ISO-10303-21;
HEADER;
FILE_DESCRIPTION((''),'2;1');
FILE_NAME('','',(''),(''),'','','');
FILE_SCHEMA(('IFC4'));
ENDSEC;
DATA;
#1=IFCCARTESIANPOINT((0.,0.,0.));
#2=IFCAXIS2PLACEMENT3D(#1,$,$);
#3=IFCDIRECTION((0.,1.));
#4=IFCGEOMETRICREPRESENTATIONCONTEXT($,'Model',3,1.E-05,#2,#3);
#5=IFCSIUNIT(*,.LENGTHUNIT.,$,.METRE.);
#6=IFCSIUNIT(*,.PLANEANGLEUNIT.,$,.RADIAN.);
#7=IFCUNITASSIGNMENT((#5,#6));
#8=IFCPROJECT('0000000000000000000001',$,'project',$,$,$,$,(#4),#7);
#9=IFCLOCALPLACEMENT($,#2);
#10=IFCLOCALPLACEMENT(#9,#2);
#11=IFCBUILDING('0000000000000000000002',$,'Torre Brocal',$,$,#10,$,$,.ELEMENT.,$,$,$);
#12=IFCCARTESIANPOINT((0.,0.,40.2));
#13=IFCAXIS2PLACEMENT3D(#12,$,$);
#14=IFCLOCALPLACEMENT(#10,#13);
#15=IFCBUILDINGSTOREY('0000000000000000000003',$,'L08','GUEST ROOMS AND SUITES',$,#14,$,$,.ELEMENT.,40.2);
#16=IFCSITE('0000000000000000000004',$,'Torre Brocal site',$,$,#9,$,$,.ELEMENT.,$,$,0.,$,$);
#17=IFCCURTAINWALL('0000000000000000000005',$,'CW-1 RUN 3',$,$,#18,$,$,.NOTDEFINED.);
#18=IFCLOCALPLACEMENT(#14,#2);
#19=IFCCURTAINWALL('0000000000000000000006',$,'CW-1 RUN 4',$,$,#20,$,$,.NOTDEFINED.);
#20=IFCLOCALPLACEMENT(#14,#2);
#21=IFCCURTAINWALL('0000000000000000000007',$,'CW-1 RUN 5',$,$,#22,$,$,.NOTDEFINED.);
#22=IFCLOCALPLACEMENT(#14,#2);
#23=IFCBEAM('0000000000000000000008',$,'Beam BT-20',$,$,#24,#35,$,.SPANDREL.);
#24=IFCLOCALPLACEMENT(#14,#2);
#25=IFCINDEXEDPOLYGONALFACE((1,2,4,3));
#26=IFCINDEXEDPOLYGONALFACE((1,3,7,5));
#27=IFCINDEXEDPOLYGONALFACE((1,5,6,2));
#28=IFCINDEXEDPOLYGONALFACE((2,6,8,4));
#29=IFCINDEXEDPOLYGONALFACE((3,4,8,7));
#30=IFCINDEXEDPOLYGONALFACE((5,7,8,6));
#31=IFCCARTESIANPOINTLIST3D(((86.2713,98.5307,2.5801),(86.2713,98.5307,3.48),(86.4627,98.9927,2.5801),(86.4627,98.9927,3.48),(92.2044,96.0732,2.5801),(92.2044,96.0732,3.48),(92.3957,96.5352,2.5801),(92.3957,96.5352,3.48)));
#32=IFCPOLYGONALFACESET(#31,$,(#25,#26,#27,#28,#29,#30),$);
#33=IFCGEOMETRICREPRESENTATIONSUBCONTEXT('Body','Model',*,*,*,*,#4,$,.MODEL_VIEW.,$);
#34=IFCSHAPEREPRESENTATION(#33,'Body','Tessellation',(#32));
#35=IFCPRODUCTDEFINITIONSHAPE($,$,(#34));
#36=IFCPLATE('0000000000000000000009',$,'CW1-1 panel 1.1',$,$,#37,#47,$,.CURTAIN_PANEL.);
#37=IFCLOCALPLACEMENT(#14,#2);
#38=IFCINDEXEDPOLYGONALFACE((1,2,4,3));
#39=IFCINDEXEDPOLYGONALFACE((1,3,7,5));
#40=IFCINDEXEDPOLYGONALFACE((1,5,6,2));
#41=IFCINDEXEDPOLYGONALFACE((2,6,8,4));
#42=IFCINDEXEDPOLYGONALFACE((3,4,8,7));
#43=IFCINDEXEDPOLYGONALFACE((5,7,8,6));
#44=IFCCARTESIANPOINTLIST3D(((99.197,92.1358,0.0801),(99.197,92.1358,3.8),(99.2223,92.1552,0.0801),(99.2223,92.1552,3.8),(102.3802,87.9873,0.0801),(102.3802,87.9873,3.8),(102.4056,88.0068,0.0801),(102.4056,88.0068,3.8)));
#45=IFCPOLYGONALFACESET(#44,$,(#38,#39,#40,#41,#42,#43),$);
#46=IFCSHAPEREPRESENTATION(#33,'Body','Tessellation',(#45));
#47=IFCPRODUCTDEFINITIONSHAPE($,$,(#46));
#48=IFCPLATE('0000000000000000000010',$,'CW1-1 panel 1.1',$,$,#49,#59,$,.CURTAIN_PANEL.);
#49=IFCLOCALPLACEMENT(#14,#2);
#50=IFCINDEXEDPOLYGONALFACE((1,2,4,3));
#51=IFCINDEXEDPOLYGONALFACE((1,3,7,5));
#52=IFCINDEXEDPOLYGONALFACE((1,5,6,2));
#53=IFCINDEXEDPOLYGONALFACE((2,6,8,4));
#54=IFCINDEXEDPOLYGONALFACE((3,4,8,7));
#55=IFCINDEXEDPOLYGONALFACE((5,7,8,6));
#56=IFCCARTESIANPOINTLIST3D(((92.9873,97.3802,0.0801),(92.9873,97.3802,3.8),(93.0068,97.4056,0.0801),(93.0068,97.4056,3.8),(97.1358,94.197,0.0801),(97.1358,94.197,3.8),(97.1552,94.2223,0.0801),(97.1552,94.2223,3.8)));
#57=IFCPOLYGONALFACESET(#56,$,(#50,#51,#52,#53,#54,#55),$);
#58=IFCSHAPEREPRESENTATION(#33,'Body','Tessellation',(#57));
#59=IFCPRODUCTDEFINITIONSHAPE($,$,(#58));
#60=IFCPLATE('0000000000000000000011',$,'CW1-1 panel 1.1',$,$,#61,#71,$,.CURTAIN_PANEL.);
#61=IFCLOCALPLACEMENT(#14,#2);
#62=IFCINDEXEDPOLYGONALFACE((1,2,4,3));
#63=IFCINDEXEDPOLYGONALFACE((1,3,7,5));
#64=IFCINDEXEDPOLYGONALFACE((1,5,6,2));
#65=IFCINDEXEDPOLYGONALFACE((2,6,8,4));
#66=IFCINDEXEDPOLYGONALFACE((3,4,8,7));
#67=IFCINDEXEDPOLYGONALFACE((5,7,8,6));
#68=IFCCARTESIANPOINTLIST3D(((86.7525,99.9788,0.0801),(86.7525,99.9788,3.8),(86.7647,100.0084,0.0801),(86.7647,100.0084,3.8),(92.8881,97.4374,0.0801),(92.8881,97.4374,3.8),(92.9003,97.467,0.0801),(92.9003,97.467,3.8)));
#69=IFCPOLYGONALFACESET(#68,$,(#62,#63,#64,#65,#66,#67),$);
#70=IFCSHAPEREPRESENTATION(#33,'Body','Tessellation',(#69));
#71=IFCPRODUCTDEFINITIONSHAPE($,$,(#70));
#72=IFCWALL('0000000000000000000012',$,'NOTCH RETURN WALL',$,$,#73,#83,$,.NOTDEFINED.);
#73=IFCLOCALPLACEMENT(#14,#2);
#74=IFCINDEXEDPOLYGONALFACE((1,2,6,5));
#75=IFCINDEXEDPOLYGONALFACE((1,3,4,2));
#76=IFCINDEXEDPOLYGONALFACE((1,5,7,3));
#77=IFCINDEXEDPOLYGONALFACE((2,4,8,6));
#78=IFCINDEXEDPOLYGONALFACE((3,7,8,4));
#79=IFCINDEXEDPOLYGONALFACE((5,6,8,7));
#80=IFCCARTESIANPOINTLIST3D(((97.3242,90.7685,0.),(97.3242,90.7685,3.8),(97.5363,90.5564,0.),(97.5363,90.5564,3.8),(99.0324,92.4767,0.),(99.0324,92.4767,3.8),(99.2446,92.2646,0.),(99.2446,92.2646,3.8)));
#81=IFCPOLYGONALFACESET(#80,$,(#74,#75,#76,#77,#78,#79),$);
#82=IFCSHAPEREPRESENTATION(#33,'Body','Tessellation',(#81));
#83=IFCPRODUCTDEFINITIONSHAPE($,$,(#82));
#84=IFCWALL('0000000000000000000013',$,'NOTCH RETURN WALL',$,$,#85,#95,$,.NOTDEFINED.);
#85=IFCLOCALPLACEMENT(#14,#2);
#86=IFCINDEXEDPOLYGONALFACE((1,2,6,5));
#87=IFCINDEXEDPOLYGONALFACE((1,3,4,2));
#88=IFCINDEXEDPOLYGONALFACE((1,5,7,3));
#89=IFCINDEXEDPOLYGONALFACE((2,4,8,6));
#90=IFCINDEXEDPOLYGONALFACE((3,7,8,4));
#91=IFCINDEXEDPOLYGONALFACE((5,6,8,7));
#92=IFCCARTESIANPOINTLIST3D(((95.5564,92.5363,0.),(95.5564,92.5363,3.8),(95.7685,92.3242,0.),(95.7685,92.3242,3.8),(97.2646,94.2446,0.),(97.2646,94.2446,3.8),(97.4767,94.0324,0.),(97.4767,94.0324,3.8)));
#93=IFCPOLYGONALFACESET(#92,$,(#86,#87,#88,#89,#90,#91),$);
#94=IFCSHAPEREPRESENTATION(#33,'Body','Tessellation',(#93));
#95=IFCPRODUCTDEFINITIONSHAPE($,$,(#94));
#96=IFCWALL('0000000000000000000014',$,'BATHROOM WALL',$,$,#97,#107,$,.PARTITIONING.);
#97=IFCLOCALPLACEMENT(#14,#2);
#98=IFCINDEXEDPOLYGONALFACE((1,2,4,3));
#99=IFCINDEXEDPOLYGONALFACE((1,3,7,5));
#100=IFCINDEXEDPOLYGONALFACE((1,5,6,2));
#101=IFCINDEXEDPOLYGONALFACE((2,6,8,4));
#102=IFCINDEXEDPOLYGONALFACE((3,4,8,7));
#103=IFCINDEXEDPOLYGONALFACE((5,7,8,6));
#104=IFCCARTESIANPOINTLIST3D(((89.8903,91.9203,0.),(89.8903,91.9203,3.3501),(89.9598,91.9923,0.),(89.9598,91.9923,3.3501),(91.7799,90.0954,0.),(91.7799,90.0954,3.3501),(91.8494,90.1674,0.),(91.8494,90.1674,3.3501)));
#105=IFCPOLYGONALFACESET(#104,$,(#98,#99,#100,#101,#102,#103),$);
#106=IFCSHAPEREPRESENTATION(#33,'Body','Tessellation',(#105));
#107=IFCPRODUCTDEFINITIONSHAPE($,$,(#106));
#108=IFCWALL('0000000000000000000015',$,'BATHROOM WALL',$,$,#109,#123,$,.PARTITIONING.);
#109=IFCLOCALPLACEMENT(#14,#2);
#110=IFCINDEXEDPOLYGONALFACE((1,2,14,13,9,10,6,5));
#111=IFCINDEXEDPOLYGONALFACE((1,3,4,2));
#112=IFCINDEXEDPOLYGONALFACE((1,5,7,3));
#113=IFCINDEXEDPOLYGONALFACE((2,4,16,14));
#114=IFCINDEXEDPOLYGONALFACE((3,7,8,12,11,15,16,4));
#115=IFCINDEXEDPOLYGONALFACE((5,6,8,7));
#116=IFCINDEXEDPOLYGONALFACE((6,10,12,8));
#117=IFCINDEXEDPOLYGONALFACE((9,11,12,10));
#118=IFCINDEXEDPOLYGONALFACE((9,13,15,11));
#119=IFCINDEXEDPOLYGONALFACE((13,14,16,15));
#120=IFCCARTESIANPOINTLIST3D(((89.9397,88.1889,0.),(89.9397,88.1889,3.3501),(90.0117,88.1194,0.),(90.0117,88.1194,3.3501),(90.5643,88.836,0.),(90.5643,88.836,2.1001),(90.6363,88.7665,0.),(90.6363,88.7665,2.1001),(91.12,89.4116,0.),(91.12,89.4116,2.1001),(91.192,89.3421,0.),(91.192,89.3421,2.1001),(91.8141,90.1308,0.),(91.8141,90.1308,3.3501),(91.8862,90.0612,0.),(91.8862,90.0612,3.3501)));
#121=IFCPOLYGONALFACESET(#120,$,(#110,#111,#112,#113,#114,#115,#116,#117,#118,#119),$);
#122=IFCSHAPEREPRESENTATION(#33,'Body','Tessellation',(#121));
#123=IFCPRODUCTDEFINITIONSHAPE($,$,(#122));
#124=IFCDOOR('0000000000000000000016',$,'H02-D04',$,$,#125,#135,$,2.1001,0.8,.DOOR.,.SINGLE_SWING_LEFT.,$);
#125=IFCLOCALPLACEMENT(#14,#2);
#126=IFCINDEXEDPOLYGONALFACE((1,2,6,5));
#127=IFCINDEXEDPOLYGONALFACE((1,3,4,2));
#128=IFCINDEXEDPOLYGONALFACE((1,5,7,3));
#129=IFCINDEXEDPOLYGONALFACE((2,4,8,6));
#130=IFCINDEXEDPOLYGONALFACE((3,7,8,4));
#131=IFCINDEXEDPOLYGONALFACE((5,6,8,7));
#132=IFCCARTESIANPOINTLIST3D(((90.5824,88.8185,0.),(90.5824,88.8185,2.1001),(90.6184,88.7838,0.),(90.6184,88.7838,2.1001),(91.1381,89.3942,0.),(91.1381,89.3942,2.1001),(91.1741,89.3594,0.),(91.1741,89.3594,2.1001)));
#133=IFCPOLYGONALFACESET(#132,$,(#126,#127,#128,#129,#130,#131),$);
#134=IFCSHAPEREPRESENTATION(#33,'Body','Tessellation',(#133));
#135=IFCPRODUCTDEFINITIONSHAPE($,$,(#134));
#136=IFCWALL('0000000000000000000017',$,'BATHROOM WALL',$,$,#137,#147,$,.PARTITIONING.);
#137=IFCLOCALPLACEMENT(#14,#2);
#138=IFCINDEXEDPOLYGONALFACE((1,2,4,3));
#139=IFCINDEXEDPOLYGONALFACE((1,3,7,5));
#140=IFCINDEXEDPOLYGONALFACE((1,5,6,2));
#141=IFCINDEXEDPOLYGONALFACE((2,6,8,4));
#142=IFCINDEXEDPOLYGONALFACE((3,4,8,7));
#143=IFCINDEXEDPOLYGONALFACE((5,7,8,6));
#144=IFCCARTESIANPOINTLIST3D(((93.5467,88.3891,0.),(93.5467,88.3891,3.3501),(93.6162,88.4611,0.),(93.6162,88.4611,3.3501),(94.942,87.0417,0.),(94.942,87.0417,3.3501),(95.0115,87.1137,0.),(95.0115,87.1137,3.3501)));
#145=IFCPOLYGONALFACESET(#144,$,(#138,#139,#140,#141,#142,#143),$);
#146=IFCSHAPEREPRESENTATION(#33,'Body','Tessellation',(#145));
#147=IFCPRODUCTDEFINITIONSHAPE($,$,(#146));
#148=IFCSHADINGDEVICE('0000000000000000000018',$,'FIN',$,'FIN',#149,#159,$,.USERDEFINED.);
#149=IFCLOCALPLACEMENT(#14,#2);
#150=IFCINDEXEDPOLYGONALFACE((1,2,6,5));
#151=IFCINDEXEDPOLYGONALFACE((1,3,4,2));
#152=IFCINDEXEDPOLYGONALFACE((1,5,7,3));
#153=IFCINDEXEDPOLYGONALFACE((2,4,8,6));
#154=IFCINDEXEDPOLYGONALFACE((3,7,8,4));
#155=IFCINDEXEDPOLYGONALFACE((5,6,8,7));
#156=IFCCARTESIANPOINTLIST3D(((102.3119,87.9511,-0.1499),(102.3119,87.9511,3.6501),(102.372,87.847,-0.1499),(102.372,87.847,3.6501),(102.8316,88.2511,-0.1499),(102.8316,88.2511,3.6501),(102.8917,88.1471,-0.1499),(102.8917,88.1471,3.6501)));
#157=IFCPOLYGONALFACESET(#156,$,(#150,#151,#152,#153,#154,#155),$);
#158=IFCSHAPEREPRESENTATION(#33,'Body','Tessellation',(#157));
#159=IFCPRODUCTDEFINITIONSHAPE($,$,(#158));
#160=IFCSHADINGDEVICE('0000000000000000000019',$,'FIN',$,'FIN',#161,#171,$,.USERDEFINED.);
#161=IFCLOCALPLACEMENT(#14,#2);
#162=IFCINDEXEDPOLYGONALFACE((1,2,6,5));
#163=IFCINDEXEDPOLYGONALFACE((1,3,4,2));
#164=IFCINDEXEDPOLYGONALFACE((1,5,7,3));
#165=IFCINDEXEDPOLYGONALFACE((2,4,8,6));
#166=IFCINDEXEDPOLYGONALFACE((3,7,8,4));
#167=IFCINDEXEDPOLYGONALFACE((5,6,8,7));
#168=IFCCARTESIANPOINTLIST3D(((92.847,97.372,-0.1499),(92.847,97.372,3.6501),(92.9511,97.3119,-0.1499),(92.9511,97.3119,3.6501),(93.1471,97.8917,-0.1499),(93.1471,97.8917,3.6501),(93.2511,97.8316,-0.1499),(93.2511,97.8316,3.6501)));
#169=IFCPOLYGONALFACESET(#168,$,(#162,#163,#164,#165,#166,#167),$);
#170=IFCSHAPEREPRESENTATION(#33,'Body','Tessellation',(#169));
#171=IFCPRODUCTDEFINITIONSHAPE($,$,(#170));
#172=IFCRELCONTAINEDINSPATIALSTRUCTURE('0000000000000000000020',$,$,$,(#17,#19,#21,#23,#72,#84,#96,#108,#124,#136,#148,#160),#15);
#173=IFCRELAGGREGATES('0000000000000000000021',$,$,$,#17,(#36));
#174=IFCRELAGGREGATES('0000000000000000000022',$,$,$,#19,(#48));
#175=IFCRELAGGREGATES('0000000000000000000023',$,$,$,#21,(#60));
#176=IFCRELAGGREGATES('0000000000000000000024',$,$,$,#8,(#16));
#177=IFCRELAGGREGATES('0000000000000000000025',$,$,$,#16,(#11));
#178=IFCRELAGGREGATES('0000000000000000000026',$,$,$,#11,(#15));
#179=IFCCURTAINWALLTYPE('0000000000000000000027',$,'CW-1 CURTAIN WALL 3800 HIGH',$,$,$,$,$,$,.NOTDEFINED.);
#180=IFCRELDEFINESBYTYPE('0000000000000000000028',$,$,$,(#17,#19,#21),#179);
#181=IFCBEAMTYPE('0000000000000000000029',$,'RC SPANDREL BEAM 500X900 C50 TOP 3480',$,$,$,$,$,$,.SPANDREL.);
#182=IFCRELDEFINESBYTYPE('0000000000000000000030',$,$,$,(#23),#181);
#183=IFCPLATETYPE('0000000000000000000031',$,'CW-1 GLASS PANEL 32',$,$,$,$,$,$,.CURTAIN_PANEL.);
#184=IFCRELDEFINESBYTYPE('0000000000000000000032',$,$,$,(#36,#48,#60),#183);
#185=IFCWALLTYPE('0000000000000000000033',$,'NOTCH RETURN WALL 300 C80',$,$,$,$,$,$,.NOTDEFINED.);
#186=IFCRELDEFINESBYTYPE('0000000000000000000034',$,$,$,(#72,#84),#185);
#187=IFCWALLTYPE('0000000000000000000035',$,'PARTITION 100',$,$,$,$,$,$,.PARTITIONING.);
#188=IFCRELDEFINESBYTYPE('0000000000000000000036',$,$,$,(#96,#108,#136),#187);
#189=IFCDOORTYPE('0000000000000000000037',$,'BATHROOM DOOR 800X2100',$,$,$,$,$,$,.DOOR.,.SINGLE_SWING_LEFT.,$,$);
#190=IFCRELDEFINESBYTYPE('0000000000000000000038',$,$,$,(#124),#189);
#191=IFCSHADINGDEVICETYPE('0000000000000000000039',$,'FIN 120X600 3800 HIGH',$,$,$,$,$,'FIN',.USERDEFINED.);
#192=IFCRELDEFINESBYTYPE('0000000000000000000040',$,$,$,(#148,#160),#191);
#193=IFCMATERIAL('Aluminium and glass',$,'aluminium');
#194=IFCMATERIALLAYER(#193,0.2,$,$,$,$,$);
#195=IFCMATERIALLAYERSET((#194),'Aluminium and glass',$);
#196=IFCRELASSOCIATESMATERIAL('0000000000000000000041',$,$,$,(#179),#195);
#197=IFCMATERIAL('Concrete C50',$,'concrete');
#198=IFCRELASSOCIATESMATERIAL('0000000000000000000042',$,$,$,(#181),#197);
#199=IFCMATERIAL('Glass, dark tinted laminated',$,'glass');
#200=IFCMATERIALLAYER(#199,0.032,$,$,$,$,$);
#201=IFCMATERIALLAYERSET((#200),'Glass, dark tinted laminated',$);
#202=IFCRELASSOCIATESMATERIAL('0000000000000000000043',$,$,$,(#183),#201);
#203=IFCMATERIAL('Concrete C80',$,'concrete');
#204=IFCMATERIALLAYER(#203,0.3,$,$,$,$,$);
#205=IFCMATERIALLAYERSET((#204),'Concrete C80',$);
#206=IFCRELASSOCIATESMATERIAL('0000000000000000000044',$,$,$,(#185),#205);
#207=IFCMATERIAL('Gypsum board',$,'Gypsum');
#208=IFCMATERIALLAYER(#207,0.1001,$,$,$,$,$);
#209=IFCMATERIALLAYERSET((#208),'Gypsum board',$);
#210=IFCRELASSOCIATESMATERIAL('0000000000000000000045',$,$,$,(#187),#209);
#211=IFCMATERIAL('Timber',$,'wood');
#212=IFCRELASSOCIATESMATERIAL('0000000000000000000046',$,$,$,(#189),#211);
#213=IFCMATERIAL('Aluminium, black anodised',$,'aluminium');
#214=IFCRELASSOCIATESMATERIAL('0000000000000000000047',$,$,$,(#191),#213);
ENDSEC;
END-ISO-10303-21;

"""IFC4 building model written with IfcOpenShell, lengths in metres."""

from ifc_helpers import new_model, si_unit, direction, frame, frame_2d, origin, origin_2d, place, context, subcontext, project, spatial, rectangle, extrude, material, layer, layer_set, material_profile, profile_set, type_object, element, fill, aggregate, save


model = new_model("IFC4")

# Units and contexts
model_context = context("Model", 3, precision=1e-05, world=origin(), true_north=direction((0.0, 1.0)))
body_context = subcontext(model_context, "Body", "Model", "MODEL_VIEW")
ifc_project = project(units=[si_unit("LENGTHUNIT", "METRE"), si_unit("PLANEANGLEUNIT", "RADIAN")], contexts=[model_context])

# Site, building, storey
site_placement = place(None, origin())
site = spatial("IfcSite", under=ifc_project, at=site_placement, Name="Torre Brocal site", CompositionType="ELEMENT", RefElevation=0.0)
building_placement = place(site_placement, origin())
building = spatial("IfcBuilding", under=site, at=building_placement, Name="Torre Brocal", CompositionType="ELEMENT")
storey_placement = place(building_placement, frame((0.0, 0.0, 40.2)))
storey = spatial("IfcBuildingStorey", under=building, at=storey_placement, Name="L08", Description="GUEST ROOMS AND SUITES", CompositionType="ELEMENT", Elevation=40.2)

# Shared definitions
ifc_material_1 = material(Name="Aluminium and glass", Category="aluminium")
ifc_layer_1 = layer(ifc_material_1, 0.2)
ifc_layer_set_1 = layer_set([ifc_layer_1], Name="Aluminium and glass")
curtain_wall_type = type_object("IfcCurtainWallType", Name="CW-1 CURTAIN WALL 3800 HIGH", PredefinedType="NOTDEFINED", material=ifc_layer_set_1)

# Curtain walls
curtain_wall_1_placement = place(storey_placement, origin())
curtain_wall_1 = element("IfcCurtainWall", 1, at=curtain_wall_1_placement, inside=storey, type_object=curtain_wall_type, Name="CW-1 RUN 3", PredefinedType="NOTDEFINED")
curtain_wall_2_placement = place(storey_placement, origin())
curtain_wall_2 = element("IfcCurtainWall", 2, at=curtain_wall_2_placement, inside=storey, type_object=curtain_wall_type, Name="CW-1 RUN 4", PredefinedType="NOTDEFINED")

# Curtain wall
curtain_wall_3_placement = place(storey_placement, origin())
curtain_wall_3 = element("IfcCurtainWall", 3, at=curtain_wall_3_placement, inside=storey, type_object=curtain_wall_type, Name="CW-1 RUN 5", PredefinedType="NOTDEFINED")

# Beam
ifc_material_2 = material(Name="Concrete C50", Category="concrete")
ifc_material_profile_1 = material_profile(ifc_material_2, rectangle(XDim=0.5, YDim=0.8999, at=origin_2d()), Name="RC 500X900")
ifc_profile_set_1 = profile_set([ifc_material_profile_1], Name="Concrete C50")
beam_type_1 = type_object("IfcBeamType", Name="RC SPANDREL BEAM 500X900 C50 TOP 3480", PredefinedType="SPANDREL", material=ifc_profile_set_1)
beam_1_placement = place(storey_placement, frame((92.3, 96.3042, 3.03), z_axis=(-0.923882, 0.382676, 0.0), x_axis=(-0.382676, -0.923882, 0.0)))
element("IfcBeam", 4, at=beam_1_placement, inside=storey, type_object=beam_type_1, Name="Beam BT-20", PredefinedType="SPANDREL", context=body_context, shape_type="SweptSolid", body=[
    extrude(rectangle(XDim=0.5, YDim=0.8999, at=origin_2d()), origin(), (0.0, 0.0, 1.0), 6.4219),
])

# Plates
ifc_material_3 = material(Name="Glass, dark tinted laminated", Category="glass")
ifc_layer_2 = layer(ifc_material_3, 0.032)
ifc_layer_set_2 = layer_set([ifc_layer_2], Name="Glass, dark tinted laminated")
plate_type = type_object("IfcPlateType", Name="CW-1 GLASS PANEL 32", PredefinedType="CURTAIN_PANEL", material=ifc_layer_set_2)
plate_1_placement = place(storey_placement, frame((100.8013, 90.0713, 0.0801), z_axis=(0.0, 0.0, 1.0), x_axis=(-0.608761, 0.793353, 0.0)))
plate_1 = element("IfcPlate", 5, at=plate_1_placement, type_object=plate_type, Name="CW1-1 panel 1.1", PredefinedType="CURTAIN_PANEL", context=body_context, shape_type="SweptSolid", body=[
    extrude(rectangle(XDim=5.229, YDim=0.032, at=origin_2d()), origin(), (0.0, 0.0, 1.0), 3.72),
])
aggregate(curtain_wall_1, [plate_1])
plate_2_placement = place(storey_placement, frame((95.0713, 95.8013, 0.0801), z_axis=(0.0, 0.0, 1.0), x_axis=(-0.793353, 0.608761, 0.0)))
plate_2 = element("IfcPlate", 6, at=plate_2_placement, type_object=plate_type, Name="CW1-1 panel 1.1", PredefinedType="CURTAIN_PANEL", context=body_context, shape_type="SweptSolid", body=[
    extrude(rectangle(XDim=5.229, YDim=0.032, at=origin_2d()), origin(), (0.0, 0.0, 1.0), 3.72),
])
aggregate(curtain_wall_2, [plate_2])
plate_3_placement = place(storey_placement, frame((89.8264, 98.7229, 0.0801), z_axis=(0.0, 0.0, 1.0), x_axis=(-0.92388, 0.382683, 0.0)))
plate_3 = element("IfcPlate", 7, at=plate_3_placement, type_object=plate_type, Name="CW1-1 panel 1.1", PredefinedType="CURTAIN_PANEL", context=body_context, shape_type="SweptSolid", body=[
    extrude(rectangle(XDim=6.6411, YDim=0.032, at=origin_2d()), origin(), (0.0, 0.0, 1.0), 3.72),
])
aggregate(curtain_wall_3, [plate_3])

# Walls
ifc_material_4 = material(Name="Concrete C80", Category="concrete")
ifc_layer_3 = layer(ifc_material_4, 0.3)
ifc_layer_set_3 = layer_set([ifc_layer_3], Name="Concrete C80")
wall_type_1 = type_object("IfcWallType", Name="NOTCH RETURN WALL 300 C80", PredefinedType="NOTDEFINED", material=ifc_layer_set_3)
for number, where, z_axis, x_axis, name in (
    (8, (97.4302, 90.6624, 0.0), (0.0, 0.0, 1.0), (0.707107, 0.707107, 0.0), "NOTCH RETURN WALL"),
    (9, (95.6624, 92.4302, 0.0), (0.0, 0.0, 1.0), (0.707107, 0.707107, 0.0), "NOTCH RETURN WALL"),
):
    element("IfcWall", number, at=place(storey_placement, frame(where, z_axis=z_axis, x_axis=x_axis)), inside=storey, type_object=wall_type_1, Name=name, PredefinedType="NOTDEFINED", context=body_context, shape_type="SweptSolid", body=[
        extrude(rectangle(XDim=2.4158, YDim=0.3, at=frame_2d((1.208, 0.0))), origin(), (0.0, 0.0, 1.0), 3.8),
    ])
ifc_material_5 = material(Name="Gypsum board", Category="Gypsum")
ifc_layer_4 = layer(ifc_material_5, 0.1001)
ifc_layer_set_4 = layer_set([ifc_layer_4], Name="Gypsum board")
wall_type_2 = type_object("IfcWallType", Name="PARTITION 100", PredefinedType="PARTITIONING", material=ifc_layer_set_4)
wall_1_placement = place(storey_placement, frame((89.925, 91.9563, 0.0), z_axis=(0.0, 0.0, 1.0), x_axis=(0.719313, -0.694686, 0.0)))
element("IfcWall", 10, at=wall_1_placement, inside=storey, type_object=wall_type_2, Name="BATHROOM WALL", PredefinedType="PARTITIONING", context=body_context, shape_type="SweptSolid", body=[
    extrude(rectangle(XDim=2.627, YDim=0.1001, at=frame_2d((1.3135, 0.0))), origin(), (0.0, 0.0, 1.0), 3.3501),
])

# Wall, opening, door
wall_2_placement = place(storey_placement, frame((89.9756, 88.1541, 0.0), z_axis=(0.0, 0.0, 1.0), x_axis=(0.694514, 0.719479, 0.0)))
wall_2 = element("IfcWall", 11, at=wall_2_placement, inside=storey, type_object=wall_type_2, Name="BATHROOM WALL", PredefinedType="PARTITIONING", context=body_context, shape_type="SweptSolid", body=[
    extrude(rectangle(XDim=2.699, YDim=0.1001, at=frame_2d((1.3496, 0.0))), origin(), (0.0, 0.0, 1.0), 3.3501),
])
opening_placement = place(wall_2_placement, frame((0.8997, 0.0, 0.0)))
opening = element("IfcOpeningElement", 12, at=opening_placement, cuts=wall_2, PredefinedType="OPENING", context=body_context, shape_type="SweptSolid", body=[
    extrude(rectangle(XDim=0.8, YDim=2.1001, at=frame_2d((0.3999, 1.05))), frame((0.0, 0.0601, 0.0), z_axis=(0.0, -1.0, 0.0), x_axis=(1.0, 0.0, 0.0)), (0.0, 0.0, 1.0), 0.1201),
])
ifc_material_6 = material(Name="Timber", Category="wood")
door_type = type_object("IfcDoorType", Name="BATHROOM DOOR 800X2100", OperationType="SINGLE_SWING_LEFT", PredefinedType="DOOR", material=ifc_material_6)
door_placement = place(opening_placement, origin())
door = element("IfcDoor", 13, at=door_placement, inside=storey, type_object=door_type, Name="H02-D04", OperationType="SINGLE_SWING_LEFT", OverallHeight=2.1001, OverallWidth=0.8, PredefinedType="DOOR", context=body_context, shape_type="SweptSolid", body=[
    extrude(rectangle(XDim=0.8, YDim=2.1001, at=frame_2d((0.3999, 1.05))), frame((0.0, 0.0249, 0.0), z_axis=(0.0, -1.0, 0.0), x_axis=(1.0, 0.0, 0.0)), (0.0, 0.0, 1.0), 0.05),
])
fill(opening, door)

# Wall
wall_3_placement = place(storey_placement, frame((93.5815, 88.425, 0.0), z_axis=(0.0, 0.0, 1.0), x_axis=(0.719334, -0.694664, 0.0)))
element("IfcWall", 14, at=wall_3_placement, inside=storey, type_object=wall_type_2, Name="BATHROOM WALL", PredefinedType="PARTITIONING", context=body_context, shape_type="SweptSolid", body=[
    extrude(rectangle(XDim=1.9397, YDim=0.1001, at=frame_2d((0.9697, 0.0))), origin(), (0.0, 0.0, 1.0), 3.3501),
])

# Shading devices
ifc_material_7 = material(Name="Aluminium, black anodised", Category="aluminium")
ifc_material_profile_2 = material_profile(ifc_material_7, rectangle(XDim=0.1201, YDim=0.6001, at=origin_2d()), Name="FIN 120X600 3800 HIGH")
ifc_profile_set_2 = profile_set([ifc_material_profile_2], Name="Aluminium, black anodised")
shading_device_type = type_object("IfcShadingDeviceType", Name="FIN 120X600 3800 HIGH", ElementType="FIN", PredefinedType="USERDEFINED", material=ifc_profile_set_2)
for number, where, z_axis, x_axis, name in (
    (15, (102.6018, 88.0491, -0.1499), (0.0, 0.0, 1.0), (-0.5, 0.866025, 0.0), "FIN"),
    (16, (93.0491, 97.6018, -0.1499), (0.0, 0.0, 1.0), (-0.866025, 0.5, 0.0), "FIN"),
):
    element("IfcShadingDevice", number, at=place(storey_placement, frame(where, z_axis=z_axis, x_axis=x_axis)), inside=storey, type_object=shading_device_type, Name=name, ObjectType="FIN", PredefinedType="USERDEFINED", context=body_context, shape_type="SweptSolid", body=[
        extrude(rectangle(XDim=0.1201, YDim=0.6001, at=origin_2d()), origin(), (0.0, 0.0, 1.0), 3.8),
    ])

save(model, "model.ifc")
